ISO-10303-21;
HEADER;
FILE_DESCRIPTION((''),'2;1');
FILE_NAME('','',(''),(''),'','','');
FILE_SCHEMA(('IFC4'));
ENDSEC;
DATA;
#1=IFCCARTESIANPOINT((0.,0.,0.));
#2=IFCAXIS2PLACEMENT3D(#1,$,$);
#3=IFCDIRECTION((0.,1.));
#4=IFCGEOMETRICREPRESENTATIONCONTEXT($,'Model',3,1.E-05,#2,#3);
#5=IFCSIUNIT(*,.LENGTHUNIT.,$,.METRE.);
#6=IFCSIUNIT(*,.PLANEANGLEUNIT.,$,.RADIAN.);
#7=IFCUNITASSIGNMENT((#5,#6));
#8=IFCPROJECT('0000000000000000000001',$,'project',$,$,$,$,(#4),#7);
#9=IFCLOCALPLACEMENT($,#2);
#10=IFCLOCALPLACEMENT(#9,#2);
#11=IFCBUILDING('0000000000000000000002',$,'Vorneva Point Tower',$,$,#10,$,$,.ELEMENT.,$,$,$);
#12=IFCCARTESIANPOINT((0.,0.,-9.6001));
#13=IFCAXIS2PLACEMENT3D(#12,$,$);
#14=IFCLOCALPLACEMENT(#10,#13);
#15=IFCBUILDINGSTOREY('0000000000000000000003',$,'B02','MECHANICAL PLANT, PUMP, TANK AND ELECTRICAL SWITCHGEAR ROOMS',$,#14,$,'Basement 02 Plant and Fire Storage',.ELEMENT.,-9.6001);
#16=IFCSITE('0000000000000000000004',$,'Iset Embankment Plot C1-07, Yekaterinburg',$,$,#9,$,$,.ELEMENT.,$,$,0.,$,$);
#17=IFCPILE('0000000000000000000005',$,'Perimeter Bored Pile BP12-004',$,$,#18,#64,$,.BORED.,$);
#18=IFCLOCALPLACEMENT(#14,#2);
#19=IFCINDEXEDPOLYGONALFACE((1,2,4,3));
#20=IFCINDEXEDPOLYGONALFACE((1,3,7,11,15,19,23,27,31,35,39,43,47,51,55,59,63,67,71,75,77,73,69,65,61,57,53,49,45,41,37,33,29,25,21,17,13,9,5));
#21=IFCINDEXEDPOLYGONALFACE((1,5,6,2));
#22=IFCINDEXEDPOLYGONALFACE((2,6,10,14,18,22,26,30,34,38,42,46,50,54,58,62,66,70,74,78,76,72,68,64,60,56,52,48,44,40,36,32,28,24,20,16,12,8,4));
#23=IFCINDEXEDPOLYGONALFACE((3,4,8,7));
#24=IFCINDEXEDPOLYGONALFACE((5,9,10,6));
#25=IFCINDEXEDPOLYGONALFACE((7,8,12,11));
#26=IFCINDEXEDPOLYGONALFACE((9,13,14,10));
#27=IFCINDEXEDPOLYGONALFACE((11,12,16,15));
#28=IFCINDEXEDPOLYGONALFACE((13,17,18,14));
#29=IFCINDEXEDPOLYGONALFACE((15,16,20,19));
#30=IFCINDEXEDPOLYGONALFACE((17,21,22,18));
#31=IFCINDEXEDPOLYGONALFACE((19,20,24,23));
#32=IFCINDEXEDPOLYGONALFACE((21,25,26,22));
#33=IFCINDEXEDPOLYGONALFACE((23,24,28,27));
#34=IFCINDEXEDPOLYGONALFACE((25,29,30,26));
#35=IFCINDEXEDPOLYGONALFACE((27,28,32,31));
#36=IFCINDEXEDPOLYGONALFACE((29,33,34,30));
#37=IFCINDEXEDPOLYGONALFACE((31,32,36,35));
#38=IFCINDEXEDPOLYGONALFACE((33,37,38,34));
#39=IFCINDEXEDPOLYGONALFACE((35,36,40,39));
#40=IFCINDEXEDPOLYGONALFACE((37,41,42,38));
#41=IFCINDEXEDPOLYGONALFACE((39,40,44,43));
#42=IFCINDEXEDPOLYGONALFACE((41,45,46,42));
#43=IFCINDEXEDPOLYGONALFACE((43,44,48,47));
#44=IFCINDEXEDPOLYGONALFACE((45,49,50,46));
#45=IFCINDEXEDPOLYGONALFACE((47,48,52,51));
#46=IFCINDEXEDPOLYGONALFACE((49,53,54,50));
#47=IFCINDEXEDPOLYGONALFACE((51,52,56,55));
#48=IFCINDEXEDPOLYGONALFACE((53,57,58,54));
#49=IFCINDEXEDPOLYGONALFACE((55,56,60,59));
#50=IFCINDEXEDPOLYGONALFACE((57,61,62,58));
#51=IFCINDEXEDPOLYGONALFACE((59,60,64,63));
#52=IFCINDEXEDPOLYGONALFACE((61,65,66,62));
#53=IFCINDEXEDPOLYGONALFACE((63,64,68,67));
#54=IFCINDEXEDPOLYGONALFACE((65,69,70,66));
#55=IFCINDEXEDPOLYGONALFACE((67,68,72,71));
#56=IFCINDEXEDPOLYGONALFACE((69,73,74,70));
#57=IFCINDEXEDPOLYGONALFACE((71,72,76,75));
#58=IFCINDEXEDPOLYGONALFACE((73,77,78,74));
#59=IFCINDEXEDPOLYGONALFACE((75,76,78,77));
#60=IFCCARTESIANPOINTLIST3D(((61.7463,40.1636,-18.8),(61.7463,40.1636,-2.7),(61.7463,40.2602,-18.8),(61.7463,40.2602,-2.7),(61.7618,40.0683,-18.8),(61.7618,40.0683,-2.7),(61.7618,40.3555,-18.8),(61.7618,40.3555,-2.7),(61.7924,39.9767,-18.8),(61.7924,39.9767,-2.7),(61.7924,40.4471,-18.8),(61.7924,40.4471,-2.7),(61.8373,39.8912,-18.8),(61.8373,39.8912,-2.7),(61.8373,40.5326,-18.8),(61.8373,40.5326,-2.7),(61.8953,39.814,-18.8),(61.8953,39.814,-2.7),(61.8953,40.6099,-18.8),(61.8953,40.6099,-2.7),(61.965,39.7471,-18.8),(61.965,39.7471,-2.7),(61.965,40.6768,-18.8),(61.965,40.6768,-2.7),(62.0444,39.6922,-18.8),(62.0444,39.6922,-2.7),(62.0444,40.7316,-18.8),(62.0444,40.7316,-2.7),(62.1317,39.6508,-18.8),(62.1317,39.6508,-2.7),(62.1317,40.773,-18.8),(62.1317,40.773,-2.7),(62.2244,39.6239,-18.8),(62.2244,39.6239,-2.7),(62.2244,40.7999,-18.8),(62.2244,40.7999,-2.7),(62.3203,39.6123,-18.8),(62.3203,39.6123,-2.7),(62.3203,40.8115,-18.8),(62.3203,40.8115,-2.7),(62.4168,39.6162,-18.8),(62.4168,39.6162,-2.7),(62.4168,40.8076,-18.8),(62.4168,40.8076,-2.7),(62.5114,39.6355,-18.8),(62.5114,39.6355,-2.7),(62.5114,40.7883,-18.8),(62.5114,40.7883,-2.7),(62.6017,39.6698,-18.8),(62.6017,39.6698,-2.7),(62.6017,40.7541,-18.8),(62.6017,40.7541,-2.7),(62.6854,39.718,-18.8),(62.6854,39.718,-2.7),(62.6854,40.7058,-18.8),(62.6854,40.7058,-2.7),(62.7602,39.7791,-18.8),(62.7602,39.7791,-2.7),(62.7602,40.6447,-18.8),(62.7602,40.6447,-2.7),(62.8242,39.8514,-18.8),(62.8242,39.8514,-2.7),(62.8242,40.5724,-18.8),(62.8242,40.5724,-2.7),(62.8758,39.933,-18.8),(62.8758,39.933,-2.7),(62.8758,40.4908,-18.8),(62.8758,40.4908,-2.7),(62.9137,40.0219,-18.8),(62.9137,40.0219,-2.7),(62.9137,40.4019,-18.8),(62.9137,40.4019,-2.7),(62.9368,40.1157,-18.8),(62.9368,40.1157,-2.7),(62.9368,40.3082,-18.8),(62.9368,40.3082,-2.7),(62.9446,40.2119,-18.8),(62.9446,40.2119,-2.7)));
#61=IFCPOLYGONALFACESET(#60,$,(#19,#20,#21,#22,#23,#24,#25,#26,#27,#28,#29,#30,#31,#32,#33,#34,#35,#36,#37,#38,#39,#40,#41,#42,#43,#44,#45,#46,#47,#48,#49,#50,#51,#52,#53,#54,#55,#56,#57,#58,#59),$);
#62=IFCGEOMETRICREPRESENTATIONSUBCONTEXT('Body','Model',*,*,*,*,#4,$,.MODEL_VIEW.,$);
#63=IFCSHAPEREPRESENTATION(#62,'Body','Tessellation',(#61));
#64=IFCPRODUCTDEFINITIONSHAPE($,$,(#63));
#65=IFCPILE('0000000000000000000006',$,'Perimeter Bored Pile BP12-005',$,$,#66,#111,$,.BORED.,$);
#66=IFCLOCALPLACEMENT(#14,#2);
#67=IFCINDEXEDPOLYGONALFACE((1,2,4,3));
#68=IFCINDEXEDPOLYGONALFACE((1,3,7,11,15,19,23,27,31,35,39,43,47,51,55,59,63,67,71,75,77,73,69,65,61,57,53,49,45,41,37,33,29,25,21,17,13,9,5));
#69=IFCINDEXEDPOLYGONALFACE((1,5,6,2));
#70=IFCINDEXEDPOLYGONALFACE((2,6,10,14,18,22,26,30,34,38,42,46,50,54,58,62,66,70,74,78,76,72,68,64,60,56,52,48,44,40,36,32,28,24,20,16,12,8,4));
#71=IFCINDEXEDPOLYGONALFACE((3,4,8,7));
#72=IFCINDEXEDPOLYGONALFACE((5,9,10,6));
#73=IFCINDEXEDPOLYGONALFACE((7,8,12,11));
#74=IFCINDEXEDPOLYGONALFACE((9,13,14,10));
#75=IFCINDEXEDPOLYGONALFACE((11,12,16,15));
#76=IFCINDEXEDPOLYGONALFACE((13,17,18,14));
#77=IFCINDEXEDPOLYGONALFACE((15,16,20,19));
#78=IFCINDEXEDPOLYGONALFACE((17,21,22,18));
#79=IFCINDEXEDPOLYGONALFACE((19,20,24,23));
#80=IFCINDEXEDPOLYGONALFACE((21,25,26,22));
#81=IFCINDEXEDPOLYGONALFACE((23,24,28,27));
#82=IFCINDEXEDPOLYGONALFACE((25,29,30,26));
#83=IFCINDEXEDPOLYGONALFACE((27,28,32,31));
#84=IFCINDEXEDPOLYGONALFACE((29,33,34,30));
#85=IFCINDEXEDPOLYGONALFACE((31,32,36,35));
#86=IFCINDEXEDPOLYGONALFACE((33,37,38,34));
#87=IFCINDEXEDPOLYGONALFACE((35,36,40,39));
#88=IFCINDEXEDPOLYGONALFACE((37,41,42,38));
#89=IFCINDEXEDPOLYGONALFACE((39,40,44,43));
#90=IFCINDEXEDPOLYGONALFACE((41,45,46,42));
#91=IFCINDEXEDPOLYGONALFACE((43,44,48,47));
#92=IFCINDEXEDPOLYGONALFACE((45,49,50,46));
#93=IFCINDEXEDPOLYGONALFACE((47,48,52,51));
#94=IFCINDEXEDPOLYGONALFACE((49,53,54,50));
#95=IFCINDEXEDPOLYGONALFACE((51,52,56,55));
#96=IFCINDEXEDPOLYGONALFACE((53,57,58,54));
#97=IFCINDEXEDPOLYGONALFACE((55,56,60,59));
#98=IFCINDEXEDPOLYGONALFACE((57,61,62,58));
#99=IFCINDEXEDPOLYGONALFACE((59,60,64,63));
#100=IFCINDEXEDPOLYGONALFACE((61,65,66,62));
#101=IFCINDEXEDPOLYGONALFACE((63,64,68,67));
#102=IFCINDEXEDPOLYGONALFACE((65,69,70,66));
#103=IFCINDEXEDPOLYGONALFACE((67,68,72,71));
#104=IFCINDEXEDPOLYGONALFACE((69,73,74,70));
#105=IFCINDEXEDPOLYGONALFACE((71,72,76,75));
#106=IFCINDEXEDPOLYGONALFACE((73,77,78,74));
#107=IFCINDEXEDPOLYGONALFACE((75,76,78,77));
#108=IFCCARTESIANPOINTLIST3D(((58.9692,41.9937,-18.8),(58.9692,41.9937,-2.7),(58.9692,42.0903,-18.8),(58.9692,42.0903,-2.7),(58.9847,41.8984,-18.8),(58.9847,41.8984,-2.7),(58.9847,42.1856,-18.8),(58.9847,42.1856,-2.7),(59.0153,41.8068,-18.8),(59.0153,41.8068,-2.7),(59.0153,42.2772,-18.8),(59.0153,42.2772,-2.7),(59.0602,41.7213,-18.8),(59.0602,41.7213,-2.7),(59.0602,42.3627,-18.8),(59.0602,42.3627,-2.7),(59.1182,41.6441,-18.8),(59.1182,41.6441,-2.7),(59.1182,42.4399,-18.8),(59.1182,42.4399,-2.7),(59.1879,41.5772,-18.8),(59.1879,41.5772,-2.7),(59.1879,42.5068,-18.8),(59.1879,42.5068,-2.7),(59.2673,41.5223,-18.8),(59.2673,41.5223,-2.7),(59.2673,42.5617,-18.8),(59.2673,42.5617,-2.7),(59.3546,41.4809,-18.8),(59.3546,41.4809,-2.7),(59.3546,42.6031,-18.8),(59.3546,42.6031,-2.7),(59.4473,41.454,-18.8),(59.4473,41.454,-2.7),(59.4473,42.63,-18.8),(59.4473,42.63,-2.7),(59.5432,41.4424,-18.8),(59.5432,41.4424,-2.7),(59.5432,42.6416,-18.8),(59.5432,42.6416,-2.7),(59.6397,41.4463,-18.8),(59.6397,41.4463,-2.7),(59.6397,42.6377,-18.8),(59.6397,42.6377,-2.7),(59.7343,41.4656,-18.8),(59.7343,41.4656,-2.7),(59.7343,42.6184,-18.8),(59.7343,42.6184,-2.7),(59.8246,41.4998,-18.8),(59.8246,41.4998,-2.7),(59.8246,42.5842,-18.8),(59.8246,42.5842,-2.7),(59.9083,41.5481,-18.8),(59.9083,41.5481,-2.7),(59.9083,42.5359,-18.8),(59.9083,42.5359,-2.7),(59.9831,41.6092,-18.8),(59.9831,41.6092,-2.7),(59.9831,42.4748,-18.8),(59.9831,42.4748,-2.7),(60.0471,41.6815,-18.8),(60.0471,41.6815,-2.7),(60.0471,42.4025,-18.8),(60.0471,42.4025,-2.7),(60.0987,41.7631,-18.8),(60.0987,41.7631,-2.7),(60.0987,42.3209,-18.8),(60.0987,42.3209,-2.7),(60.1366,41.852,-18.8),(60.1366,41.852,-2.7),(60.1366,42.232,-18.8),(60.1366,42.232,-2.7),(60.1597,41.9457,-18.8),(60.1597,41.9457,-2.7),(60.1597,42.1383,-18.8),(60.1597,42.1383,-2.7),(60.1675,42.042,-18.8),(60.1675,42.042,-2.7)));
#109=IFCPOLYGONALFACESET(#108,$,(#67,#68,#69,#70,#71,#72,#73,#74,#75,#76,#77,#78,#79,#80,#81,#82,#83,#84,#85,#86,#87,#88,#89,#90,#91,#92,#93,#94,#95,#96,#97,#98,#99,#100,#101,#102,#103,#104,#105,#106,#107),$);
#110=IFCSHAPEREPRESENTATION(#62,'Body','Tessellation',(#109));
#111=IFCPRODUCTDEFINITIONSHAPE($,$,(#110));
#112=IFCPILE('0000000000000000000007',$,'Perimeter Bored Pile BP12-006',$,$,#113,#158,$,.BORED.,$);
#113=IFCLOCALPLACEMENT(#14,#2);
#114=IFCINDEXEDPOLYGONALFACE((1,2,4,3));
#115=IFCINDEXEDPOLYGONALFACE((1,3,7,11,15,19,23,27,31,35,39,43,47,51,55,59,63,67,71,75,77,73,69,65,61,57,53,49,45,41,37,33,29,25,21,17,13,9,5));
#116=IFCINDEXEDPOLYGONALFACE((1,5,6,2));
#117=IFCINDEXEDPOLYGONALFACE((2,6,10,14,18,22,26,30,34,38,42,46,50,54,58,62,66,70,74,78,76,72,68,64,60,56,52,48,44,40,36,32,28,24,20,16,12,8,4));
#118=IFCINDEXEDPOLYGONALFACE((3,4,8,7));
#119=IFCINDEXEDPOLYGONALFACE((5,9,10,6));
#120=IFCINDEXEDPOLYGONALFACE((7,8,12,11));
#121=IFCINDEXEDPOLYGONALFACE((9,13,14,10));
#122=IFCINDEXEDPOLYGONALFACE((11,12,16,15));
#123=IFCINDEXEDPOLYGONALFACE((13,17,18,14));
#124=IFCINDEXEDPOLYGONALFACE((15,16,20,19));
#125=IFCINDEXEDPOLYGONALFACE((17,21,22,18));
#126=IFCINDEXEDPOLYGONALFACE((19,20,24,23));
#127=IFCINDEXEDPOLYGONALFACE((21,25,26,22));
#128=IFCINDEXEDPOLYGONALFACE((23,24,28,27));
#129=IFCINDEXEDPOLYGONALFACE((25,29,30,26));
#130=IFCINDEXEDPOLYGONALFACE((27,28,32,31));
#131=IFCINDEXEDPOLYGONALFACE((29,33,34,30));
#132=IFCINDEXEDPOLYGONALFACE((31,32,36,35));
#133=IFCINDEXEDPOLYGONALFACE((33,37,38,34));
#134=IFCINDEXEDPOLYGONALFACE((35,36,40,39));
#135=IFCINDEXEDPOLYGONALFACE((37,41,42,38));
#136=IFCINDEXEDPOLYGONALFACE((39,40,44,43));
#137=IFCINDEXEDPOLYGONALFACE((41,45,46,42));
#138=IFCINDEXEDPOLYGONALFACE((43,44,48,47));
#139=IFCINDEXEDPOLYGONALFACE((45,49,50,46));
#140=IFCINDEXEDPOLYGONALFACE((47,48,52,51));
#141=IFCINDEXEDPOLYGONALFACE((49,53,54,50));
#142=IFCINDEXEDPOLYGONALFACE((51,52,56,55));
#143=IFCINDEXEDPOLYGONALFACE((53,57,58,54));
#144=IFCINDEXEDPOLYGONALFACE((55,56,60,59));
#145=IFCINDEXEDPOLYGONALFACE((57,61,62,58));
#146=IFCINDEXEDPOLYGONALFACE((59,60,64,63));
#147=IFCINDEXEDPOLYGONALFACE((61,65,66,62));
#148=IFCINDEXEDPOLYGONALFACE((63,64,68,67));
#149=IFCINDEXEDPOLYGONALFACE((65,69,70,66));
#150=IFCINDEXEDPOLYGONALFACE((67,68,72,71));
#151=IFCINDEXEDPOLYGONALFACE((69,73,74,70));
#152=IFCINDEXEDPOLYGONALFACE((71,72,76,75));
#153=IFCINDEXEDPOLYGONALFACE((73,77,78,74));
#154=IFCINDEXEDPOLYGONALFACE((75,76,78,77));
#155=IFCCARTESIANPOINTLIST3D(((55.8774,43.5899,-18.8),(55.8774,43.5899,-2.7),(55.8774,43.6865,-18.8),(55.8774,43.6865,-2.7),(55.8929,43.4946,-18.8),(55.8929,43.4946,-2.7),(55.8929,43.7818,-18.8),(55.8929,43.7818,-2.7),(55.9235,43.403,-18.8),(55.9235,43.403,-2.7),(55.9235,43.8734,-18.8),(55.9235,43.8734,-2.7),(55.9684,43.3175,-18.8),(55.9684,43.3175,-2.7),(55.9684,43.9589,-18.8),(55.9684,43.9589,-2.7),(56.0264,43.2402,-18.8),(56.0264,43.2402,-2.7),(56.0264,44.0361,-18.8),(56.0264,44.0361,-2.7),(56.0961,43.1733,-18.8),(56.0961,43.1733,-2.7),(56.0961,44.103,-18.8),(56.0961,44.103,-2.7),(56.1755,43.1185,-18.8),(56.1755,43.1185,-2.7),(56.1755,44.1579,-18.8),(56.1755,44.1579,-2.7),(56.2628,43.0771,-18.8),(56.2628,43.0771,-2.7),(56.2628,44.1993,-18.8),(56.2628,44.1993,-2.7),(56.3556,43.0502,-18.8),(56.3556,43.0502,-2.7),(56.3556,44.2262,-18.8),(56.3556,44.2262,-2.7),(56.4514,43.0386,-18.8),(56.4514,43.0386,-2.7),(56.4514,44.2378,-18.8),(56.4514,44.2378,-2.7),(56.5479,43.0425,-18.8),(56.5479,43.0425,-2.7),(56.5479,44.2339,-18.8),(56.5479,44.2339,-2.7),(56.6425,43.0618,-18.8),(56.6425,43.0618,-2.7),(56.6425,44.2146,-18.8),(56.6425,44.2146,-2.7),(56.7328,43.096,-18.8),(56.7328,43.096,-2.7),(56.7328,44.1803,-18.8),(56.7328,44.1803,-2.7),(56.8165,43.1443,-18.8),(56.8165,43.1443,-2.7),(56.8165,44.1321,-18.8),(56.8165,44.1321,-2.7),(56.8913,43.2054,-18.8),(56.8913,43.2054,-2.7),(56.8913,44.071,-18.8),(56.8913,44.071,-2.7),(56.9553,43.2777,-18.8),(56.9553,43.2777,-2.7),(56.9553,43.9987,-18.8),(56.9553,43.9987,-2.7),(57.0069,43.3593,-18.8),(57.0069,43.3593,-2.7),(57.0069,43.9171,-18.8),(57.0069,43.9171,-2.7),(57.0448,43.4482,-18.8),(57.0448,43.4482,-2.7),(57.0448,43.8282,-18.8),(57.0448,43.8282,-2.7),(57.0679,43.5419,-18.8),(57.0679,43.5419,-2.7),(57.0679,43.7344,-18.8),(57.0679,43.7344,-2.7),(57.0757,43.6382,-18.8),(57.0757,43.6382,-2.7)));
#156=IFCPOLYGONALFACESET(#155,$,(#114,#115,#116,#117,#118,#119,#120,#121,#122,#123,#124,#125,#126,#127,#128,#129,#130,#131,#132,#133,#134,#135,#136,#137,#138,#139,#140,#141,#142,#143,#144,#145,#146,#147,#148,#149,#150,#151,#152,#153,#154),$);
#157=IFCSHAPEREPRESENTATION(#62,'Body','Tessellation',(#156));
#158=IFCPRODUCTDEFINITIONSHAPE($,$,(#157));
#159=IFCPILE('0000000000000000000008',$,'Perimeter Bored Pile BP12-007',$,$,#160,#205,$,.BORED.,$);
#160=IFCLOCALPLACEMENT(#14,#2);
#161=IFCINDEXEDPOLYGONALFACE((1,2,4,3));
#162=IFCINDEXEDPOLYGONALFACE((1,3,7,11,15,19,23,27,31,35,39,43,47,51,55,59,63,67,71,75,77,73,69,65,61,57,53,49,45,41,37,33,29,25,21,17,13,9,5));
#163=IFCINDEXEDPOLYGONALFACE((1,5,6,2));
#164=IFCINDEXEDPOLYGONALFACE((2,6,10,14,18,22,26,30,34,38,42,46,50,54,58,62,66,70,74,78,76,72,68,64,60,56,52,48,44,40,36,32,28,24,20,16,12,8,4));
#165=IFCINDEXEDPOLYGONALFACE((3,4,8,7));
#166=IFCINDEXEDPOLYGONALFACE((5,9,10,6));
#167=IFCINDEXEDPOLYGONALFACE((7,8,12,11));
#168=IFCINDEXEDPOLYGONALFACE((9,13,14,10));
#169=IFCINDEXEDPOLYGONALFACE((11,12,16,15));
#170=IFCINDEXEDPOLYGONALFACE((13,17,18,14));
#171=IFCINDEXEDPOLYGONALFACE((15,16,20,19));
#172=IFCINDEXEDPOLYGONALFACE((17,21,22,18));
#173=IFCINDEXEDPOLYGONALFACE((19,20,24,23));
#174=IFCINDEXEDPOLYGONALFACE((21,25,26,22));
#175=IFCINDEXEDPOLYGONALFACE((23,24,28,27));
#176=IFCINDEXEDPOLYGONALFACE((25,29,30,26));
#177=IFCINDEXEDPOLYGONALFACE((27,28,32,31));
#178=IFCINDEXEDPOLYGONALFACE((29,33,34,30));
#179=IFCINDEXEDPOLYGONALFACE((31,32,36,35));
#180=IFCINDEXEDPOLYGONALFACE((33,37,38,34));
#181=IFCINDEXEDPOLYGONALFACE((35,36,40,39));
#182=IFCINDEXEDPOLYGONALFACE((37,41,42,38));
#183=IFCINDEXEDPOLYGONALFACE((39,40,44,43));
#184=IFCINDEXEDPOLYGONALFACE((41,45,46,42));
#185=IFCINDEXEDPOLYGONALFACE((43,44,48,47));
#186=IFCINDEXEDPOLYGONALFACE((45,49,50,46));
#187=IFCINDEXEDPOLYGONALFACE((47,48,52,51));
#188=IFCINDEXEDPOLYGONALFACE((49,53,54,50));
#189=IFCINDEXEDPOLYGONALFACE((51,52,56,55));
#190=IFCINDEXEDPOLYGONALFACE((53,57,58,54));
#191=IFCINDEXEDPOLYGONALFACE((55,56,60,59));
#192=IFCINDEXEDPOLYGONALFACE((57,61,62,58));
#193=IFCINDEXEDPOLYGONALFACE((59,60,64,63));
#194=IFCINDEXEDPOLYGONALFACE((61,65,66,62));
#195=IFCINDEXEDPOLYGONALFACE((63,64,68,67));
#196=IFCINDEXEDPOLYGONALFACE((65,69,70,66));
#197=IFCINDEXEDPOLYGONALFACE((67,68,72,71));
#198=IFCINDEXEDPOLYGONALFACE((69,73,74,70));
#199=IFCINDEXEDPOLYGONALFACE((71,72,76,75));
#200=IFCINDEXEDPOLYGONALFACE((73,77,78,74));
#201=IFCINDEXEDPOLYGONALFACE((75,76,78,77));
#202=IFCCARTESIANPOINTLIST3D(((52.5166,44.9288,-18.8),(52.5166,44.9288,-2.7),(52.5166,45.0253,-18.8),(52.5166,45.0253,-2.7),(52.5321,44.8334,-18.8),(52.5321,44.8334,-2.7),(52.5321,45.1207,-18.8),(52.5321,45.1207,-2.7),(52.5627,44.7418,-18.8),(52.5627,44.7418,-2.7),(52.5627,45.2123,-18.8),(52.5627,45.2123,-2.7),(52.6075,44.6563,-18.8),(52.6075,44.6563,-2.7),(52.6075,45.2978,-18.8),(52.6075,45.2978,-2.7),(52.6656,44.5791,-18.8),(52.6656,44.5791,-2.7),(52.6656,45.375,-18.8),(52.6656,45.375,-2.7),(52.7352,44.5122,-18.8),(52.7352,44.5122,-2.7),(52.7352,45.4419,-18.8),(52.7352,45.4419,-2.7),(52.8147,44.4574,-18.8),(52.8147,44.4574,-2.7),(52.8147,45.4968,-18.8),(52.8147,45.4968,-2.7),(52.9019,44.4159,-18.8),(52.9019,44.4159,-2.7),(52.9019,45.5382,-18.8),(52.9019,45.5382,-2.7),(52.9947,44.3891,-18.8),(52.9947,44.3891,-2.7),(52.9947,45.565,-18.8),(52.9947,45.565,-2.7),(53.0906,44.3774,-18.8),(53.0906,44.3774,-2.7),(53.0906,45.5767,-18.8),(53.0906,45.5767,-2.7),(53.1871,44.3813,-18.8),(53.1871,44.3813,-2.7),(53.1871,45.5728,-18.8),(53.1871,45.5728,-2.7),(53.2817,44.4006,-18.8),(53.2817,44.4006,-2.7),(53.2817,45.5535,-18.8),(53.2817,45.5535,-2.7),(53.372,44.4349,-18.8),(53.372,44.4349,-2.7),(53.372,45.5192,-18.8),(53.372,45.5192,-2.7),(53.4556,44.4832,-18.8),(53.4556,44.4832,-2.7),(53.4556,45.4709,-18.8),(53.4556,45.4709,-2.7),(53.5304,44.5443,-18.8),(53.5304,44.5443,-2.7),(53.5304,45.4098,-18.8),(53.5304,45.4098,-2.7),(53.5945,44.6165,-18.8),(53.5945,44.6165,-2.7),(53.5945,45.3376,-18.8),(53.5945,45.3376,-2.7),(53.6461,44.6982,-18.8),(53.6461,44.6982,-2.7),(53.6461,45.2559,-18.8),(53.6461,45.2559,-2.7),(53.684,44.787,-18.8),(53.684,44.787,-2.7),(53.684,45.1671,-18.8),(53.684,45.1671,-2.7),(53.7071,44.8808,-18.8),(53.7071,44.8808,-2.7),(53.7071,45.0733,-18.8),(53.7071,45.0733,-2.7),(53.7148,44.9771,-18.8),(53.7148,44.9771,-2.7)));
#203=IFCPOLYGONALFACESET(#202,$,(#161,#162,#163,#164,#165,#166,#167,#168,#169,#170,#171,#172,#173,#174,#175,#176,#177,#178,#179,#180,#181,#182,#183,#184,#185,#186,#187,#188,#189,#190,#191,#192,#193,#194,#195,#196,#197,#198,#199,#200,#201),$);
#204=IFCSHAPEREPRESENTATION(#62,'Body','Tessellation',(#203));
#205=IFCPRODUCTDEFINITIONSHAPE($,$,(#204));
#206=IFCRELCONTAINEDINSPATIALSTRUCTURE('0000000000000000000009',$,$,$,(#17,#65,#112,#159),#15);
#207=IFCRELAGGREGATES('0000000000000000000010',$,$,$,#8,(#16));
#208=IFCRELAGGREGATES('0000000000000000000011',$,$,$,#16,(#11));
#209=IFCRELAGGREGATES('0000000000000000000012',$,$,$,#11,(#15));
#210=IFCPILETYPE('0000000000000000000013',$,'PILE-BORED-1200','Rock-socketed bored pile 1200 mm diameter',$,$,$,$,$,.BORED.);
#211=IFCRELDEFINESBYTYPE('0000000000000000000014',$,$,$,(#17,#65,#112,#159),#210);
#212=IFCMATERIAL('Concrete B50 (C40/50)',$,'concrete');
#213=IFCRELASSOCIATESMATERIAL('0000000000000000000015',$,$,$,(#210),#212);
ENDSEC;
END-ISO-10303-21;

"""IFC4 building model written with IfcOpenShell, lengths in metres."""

from ifc_helpers import new_model, si_unit, direction, frame, origin, origin_2d, place, context, subcontext, project, spatial, circle, extrude, material, material_profile, profile_set, type_object, element, save


model = new_model("IFC4")

# Units and contexts
model_context = context("Model", 3, precision=1e-05, world=origin(), true_north=direction((0.0, 1.0)))
body_context = subcontext(model_context, "Body", "Model", "MODEL_VIEW")
ifc_project = project(units=[si_unit("LENGTHUNIT", "METRE"), si_unit("PLANEANGLEUNIT", "RADIAN")], contexts=[model_context])

# Site, building, storey
site_placement = place(None, origin())
site = spatial("IfcSite", under=ifc_project, at=site_placement, Name="Iset Embankment Plot C1-07, Yekaterinburg", CompositionType="ELEMENT", RefElevation=0.0)
building_placement = place(site_placement, origin())
building = spatial("IfcBuilding", under=site, at=building_placement, Name="Vorneva Point Tower", CompositionType="ELEMENT")
storey_placement = place(building_placement, frame((0.0, 0.0, -9.6001)))
storey = spatial("IfcBuildingStorey", under=building, at=storey_placement, Name="B02", Description="MECHANICAL PLANT, PUMP, TANK AND ELECTRICAL SWITCHGEAR ROOMS", LongName="Basement 02 Plant and Fire Storage", CompositionType="ELEMENT", Elevation=-9.6001)

# Piles
ifc_material_1 = material(Name="Concrete B50 (C40/50)", Category="concrete")
ifc_material_profile_1 = material_profile(ifc_material_1, circle(Radius=0.6001, at=origin_2d()), Name="PILE-1200")
ifc_profile_set_1 = profile_set([ifc_material_profile_1], Name="Concrete B50 (C40/50)")
pile_type_1 = type_object("IfcPileType", Name="PILE-BORED-1200", Description="Rock-socketed bored pile 1200 mm diameter", PredefinedType="BORED", material=ifc_profile_set_1)
for number, where, z_axis, x_axis, name in (
    (1, (62.3445, 40.2119, -2.7), (0.0, 0.0, -1.0), (1.0, 0.0, 0.0), "Perimeter Bored Pile BP12-004"),
    (2, (59.5674, 42.042, -2.7), (0.0, 0.0, -1.0), (1.0, 0.0, 0.0), "Perimeter Bored Pile BP12-005"),
    (3, (56.4756, 43.6382, -2.7), (0.0, 0.0, -1.0), (1.0, 0.0, 0.0), "Perimeter Bored Pile BP12-006"),
    (4, (53.1147, 44.9771, -2.7), (0.0, 0.0, -1.0), (1.0, 0.0, 0.0), "Perimeter Bored Pile BP12-007"),
):
    element("IfcPile", number, at=place(storey_placement, frame(where, z_axis=z_axis, x_axis=x_axis)), inside=storey, type_object=pile_type_1, Name=name, PredefinedType="BORED", context=body_context, shape_type="SweptSolid", body=[
        extrude(circle(Radius=0.6001, at=origin_2d()), origin(), (0.0, 0.0, 1.0), 16.1001),
    ])

save(model, "model.ifc")
